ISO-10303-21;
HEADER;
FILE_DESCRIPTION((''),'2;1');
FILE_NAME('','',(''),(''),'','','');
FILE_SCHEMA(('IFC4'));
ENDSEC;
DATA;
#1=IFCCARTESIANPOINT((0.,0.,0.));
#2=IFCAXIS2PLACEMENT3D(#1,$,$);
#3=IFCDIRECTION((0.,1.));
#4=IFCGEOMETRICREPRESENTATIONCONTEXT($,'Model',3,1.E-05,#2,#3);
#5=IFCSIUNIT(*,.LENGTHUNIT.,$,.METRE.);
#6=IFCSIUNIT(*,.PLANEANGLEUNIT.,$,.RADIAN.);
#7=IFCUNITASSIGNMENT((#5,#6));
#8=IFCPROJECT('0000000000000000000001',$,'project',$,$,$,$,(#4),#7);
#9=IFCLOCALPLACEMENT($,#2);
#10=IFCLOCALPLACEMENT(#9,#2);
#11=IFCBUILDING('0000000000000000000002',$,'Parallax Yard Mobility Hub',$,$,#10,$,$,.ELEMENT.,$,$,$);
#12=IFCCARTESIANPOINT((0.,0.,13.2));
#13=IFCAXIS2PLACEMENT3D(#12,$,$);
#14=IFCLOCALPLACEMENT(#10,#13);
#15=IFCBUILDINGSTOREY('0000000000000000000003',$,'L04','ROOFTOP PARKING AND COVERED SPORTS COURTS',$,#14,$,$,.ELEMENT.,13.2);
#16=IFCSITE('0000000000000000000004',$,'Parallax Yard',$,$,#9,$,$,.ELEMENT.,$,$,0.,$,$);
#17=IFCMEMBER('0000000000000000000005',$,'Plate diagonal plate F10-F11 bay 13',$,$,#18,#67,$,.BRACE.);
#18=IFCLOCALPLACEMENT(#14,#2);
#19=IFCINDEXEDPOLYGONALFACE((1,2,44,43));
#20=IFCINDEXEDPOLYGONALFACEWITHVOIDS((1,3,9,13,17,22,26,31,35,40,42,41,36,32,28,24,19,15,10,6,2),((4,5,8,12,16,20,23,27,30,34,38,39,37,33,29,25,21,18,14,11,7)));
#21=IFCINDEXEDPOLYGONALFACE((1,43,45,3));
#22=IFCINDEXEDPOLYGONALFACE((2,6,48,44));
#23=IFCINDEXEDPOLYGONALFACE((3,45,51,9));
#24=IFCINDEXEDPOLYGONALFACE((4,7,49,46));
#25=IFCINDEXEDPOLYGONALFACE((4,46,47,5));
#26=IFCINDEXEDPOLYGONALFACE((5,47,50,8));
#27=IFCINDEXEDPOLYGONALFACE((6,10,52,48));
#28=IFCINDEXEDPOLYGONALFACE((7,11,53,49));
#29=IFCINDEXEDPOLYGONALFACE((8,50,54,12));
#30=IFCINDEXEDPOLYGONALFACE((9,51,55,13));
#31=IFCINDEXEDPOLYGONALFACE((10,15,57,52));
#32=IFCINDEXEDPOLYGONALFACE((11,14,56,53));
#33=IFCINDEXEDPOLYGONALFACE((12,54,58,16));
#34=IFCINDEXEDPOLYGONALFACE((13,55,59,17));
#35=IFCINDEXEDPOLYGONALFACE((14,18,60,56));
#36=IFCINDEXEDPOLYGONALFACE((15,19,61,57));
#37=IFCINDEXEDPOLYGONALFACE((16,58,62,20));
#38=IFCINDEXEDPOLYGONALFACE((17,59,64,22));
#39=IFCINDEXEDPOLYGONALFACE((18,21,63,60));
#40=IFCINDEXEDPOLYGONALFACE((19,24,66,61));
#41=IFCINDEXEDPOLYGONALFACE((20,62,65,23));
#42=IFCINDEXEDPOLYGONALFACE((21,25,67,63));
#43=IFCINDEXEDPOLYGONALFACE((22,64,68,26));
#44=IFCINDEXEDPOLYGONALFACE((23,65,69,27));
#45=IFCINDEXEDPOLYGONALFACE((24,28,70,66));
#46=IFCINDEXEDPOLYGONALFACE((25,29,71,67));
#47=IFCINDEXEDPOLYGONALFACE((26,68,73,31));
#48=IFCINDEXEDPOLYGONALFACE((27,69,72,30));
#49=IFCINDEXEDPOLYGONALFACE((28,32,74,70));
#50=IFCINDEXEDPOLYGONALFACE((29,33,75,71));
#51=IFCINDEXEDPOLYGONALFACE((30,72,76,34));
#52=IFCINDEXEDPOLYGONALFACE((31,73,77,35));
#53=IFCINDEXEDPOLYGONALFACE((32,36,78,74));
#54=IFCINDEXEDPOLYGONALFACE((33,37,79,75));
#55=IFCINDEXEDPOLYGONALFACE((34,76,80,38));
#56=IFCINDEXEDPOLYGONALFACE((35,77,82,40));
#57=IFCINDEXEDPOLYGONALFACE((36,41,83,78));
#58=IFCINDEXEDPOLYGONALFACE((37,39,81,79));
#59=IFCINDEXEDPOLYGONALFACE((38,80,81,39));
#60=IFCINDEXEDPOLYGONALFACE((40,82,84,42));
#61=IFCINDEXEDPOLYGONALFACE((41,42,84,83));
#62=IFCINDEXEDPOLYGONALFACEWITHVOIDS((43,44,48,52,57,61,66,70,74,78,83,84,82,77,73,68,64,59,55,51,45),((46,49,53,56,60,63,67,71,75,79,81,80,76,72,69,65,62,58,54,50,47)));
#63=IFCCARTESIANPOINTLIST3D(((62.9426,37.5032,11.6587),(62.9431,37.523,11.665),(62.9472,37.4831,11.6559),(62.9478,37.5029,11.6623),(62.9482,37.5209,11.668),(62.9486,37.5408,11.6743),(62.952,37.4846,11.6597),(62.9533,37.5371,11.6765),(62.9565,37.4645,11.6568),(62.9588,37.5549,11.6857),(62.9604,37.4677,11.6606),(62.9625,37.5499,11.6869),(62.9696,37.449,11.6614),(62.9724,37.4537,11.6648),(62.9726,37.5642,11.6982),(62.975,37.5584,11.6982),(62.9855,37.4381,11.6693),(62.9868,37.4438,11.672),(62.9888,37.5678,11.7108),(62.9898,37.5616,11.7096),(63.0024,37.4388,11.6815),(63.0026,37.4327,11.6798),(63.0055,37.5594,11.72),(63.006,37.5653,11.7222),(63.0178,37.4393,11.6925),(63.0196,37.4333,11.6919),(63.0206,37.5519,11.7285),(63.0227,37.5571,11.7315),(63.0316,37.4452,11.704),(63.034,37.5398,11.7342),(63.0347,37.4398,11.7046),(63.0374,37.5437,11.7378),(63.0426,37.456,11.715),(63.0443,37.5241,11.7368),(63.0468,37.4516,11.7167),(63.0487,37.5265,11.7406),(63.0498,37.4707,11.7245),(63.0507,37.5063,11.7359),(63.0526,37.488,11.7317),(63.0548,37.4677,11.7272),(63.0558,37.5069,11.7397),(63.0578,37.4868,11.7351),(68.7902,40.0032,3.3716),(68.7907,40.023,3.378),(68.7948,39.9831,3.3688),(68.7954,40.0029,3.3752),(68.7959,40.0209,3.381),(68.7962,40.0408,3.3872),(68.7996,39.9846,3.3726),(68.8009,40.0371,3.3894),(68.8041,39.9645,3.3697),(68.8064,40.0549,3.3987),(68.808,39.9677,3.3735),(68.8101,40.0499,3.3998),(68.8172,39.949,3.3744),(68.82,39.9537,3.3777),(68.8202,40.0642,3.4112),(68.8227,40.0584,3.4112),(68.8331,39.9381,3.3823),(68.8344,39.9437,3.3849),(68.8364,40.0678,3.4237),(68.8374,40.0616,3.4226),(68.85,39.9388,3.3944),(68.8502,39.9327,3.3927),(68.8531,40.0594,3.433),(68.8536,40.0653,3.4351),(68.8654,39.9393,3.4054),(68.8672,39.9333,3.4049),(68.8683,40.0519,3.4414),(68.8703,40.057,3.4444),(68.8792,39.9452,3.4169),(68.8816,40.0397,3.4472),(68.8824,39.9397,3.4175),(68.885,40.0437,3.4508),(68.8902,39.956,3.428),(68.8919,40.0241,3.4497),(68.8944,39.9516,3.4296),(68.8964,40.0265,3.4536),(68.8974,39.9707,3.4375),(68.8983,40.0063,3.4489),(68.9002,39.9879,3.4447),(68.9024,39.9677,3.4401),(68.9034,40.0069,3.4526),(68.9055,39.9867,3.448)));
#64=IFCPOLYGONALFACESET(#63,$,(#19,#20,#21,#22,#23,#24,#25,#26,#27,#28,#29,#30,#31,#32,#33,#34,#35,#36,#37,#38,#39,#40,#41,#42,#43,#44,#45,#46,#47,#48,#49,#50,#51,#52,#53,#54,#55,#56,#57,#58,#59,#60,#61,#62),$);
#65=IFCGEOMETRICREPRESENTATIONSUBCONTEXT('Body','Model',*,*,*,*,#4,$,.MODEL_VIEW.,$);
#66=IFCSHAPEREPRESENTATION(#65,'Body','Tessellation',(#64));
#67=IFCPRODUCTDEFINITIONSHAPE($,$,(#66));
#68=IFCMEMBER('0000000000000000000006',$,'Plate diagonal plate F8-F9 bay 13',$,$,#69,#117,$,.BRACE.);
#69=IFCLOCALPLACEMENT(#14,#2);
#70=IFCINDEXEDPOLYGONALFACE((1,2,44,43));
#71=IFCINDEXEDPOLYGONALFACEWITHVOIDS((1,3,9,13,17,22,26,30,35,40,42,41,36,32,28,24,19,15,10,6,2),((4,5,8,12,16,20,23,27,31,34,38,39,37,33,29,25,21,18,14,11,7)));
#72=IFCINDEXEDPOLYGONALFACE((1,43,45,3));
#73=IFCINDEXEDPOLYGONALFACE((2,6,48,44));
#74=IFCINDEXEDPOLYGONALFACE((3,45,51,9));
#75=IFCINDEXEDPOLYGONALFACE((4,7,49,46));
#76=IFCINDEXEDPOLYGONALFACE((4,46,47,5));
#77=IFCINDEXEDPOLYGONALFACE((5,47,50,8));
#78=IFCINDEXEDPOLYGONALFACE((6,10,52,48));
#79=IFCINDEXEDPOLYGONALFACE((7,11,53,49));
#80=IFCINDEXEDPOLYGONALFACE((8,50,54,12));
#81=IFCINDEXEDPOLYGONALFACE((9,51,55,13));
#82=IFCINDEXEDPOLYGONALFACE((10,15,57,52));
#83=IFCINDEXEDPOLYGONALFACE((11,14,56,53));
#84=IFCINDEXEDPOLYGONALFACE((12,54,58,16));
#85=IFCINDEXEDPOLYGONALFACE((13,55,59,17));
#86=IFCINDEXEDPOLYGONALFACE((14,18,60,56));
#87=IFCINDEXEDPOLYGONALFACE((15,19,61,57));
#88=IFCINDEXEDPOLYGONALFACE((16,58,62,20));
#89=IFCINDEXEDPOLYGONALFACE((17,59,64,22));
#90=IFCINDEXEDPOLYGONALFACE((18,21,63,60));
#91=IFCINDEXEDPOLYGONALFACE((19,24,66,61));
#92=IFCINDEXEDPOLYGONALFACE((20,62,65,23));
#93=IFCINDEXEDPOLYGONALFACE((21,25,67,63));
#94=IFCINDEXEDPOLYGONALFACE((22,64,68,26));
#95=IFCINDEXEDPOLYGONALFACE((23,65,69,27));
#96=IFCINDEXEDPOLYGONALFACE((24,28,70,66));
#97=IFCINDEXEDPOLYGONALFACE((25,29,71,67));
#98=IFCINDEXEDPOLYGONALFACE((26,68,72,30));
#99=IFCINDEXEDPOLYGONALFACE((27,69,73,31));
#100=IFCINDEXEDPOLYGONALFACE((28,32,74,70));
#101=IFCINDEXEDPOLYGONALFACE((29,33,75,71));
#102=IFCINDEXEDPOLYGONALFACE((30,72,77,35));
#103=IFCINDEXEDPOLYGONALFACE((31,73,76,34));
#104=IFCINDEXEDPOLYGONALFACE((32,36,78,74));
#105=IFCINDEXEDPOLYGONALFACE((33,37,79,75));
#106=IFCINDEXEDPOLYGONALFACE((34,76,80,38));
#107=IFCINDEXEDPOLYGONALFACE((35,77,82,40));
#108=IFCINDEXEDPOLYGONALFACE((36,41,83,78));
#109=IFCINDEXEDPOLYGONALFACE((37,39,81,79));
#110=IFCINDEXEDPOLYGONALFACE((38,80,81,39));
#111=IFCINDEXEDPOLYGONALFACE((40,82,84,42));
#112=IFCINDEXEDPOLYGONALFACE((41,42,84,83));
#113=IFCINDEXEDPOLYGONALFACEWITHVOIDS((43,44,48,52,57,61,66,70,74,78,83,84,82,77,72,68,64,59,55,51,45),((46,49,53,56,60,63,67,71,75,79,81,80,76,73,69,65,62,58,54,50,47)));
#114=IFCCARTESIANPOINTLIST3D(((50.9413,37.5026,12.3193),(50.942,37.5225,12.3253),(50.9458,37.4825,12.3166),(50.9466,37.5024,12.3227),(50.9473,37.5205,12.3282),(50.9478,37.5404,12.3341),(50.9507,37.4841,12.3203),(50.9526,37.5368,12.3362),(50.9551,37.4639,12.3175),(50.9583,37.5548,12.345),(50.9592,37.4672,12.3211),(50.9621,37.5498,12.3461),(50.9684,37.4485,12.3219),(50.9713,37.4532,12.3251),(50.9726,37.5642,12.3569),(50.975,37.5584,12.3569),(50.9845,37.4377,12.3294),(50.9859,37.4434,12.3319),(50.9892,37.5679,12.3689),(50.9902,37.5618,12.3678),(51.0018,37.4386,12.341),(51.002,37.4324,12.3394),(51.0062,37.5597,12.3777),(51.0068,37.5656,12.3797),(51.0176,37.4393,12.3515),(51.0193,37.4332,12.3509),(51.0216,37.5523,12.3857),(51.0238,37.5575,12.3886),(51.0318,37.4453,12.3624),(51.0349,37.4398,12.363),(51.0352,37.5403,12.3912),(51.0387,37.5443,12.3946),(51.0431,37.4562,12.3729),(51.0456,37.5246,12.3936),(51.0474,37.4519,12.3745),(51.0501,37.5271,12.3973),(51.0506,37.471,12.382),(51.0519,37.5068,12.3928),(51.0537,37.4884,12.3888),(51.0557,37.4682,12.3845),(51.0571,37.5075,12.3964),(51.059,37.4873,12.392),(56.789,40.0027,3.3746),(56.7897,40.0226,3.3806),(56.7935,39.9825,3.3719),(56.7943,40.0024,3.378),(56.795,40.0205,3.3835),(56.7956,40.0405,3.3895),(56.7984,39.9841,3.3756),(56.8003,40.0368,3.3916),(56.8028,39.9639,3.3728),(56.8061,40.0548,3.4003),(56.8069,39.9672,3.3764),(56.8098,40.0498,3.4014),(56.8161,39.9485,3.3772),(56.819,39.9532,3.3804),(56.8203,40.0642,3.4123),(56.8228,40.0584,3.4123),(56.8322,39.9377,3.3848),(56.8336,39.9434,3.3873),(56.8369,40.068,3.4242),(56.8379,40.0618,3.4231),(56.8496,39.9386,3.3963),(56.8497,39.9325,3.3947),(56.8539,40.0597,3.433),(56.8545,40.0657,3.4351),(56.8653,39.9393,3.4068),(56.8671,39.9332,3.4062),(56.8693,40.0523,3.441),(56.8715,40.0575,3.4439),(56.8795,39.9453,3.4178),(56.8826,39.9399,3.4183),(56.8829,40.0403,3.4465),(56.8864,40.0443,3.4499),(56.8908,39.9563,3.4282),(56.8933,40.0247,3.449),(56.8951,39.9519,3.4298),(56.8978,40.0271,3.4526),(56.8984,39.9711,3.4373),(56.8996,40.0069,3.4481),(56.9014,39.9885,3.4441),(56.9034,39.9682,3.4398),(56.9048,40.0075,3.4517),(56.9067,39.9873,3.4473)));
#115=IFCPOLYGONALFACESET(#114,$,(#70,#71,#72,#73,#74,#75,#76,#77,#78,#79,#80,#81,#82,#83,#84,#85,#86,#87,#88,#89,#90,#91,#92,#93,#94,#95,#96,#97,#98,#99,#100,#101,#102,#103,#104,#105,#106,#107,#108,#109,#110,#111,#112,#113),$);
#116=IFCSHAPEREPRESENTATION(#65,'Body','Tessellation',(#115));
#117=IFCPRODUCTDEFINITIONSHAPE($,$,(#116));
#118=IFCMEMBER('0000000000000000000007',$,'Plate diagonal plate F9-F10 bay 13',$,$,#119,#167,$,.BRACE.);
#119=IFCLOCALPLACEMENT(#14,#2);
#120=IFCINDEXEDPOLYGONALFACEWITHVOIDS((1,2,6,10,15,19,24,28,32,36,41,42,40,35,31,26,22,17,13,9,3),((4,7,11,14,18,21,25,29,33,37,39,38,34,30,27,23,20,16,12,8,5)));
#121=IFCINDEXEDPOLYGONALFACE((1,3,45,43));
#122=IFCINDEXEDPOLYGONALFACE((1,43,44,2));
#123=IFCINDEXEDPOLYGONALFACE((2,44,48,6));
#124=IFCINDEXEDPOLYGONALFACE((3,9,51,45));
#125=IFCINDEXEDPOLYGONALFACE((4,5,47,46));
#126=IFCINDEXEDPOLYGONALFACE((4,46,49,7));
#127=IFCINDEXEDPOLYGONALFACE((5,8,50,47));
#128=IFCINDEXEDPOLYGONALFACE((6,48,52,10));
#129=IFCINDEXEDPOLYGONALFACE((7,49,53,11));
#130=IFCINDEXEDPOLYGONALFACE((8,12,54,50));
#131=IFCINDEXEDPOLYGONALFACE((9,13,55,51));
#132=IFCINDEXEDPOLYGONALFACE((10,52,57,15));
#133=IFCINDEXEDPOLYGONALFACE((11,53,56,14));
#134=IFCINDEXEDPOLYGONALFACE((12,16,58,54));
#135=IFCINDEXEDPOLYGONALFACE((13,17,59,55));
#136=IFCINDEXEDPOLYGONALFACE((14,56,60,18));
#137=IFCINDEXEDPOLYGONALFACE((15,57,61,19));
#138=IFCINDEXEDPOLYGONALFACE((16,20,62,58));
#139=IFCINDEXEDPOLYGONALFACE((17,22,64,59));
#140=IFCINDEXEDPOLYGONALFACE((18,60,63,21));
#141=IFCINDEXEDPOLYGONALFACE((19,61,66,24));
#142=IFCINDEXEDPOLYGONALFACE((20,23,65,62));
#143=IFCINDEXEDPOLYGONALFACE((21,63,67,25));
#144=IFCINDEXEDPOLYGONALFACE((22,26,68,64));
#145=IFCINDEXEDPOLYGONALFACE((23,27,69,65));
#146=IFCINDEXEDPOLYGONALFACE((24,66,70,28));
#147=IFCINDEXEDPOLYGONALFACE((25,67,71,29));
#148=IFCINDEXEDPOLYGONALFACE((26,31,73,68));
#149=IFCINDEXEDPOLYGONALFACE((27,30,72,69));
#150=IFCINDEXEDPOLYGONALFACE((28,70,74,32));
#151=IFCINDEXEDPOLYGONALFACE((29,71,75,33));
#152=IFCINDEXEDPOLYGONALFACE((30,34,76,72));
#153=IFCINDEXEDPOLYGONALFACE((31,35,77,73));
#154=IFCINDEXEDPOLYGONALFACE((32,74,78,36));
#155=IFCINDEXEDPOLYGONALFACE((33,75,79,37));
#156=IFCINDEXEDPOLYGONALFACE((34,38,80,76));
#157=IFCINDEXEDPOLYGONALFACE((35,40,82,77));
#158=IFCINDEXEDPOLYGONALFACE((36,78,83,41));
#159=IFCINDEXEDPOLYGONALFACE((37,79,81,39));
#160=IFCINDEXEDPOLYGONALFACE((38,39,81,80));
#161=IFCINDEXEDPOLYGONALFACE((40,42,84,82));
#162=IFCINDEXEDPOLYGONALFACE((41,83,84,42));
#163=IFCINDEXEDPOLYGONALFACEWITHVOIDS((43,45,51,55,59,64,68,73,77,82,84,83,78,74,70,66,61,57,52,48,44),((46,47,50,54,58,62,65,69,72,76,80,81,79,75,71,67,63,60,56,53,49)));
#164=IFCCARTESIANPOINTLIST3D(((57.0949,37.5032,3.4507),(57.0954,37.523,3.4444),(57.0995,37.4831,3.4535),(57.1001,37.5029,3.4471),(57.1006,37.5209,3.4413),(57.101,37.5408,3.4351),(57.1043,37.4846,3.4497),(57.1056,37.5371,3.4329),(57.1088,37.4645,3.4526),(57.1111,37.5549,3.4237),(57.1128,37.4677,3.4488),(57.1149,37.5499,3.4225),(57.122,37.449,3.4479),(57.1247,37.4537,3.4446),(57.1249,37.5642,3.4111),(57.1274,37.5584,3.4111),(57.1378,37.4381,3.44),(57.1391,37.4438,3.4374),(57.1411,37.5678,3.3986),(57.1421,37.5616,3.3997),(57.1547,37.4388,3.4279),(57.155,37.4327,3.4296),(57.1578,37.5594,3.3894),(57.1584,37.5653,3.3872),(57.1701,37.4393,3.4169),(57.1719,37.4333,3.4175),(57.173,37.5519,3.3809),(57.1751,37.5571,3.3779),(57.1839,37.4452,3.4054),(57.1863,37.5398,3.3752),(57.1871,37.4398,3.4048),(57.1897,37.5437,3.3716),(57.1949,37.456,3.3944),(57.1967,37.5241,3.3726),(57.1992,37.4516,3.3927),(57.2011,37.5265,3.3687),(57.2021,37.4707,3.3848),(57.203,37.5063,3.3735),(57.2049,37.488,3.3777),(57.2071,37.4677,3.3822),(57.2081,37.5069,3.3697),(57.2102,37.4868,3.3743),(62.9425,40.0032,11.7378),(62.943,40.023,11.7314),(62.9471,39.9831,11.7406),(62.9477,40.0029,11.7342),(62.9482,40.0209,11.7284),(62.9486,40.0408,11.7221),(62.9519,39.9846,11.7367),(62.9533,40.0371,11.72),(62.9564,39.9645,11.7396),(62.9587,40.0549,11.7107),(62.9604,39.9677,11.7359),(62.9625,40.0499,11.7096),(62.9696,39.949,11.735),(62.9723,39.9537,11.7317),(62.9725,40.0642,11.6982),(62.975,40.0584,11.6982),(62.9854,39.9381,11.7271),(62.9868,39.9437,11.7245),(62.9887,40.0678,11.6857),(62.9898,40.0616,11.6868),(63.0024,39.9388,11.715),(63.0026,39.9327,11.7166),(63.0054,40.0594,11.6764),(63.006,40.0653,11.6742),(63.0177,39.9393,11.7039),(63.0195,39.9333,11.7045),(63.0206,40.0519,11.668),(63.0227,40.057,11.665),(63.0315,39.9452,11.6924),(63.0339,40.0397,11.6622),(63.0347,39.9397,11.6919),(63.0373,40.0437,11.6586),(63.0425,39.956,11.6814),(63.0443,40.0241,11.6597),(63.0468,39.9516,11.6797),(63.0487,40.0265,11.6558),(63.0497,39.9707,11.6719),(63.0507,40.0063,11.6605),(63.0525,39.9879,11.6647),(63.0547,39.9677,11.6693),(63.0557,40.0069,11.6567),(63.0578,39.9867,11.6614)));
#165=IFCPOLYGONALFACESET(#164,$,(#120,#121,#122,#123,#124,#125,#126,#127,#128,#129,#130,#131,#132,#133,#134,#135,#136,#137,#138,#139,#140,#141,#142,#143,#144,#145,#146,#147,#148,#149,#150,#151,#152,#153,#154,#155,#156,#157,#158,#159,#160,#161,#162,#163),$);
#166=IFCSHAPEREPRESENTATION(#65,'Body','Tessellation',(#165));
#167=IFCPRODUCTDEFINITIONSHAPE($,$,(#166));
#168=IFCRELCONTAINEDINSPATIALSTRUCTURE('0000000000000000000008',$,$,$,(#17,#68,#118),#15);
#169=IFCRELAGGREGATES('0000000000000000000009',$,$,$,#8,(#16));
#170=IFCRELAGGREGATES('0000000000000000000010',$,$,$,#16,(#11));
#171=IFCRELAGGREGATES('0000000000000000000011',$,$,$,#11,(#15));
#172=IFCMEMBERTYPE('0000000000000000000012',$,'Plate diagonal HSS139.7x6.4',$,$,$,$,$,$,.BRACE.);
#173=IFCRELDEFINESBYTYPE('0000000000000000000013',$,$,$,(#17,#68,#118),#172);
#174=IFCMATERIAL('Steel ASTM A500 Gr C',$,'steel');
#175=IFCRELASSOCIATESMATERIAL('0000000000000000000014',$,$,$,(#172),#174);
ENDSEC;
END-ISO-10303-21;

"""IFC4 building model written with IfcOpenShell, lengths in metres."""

from ifc_helpers import new_model, si_unit, direction, frame, origin, origin_2d, place, context, subcontext, project, spatial, hollow_circle, extrude, material, material_profile, profile_set, type_object, element, save


model = new_model("IFC4")

# Units and contexts
model_context = context("Model", 3, precision=1e-05, world=origin(), true_north=direction((0.0, 1.0)))
body_context = subcontext(model_context, "Body", "Model", "MODEL_VIEW")
ifc_project = project(units=[si_unit("LENGTHUNIT", "METRE"), si_unit("PLANEANGLEUNIT", "RADIAN")], contexts=[model_context])

# Site, building, storey
site_placement = place(None, origin())
site = spatial("IfcSite", under=ifc_project, at=site_placement, Name="Parallax Yard", CompositionType="ELEMENT", RefElevation=0.0)
building_placement = place(site_placement, origin())
building = spatial("IfcBuilding", under=site, at=building_placement, Name="Parallax Yard Mobility Hub", CompositionType="ELEMENT")
storey_placement = place(building_placement, frame((0.0, 0.0, 13.2)))
storey = spatial("IfcBuildingStorey", under=building, at=storey_placement, Name="L04", Description="ROOFTOP PARKING AND COVERED SPORTS COURTS", CompositionType="ELEMENT", Elevation=13.2)

# Members
ifc_material_1 = material(Name="Steel ASTM A500 Gr C", Category="steel")
ifc_material_profile_1 = material_profile(ifc_material_1, hollow_circle(Radius=0.0698, WallThickness=0.0063, at=origin_2d()), Name="HSS139.7x6.4")
ifc_profile_set_1 = profile_set([ifc_material_profile_1], Name="Steel ASTM A500 Gr C")
member_type_1 = type_object("IfcMemberType", Name="Plate diagonal HSS139.7x6.4", PredefinedType="BRACE", material=ifc_profile_set_1)
member_1_placement = place(storey_placement, frame((63.0, 37.5, 11.6982), z_axis=(0.559793, 0.239323, -0.79332), x_axis=(-0.393104, 0.919494, 0.0)))
element("IfcMember", 1, at=member_1_placement, inside=storey, type_object=member_type_1, Name="Plate diagonal plate F10-F11 bay 13", PredefinedType="BRACE", context=body_context, shape_type="SweptSolid", body=[
    extrude(hollow_circle(Radius=0.0698, WallThickness=0.0063, at=origin_2d()), origin(), (0.0, 0.0, 1.0), 10.446),
])
member_2_placement = place(storey_placement, frame((51.0, 37.5, 12.3569), z_axis=(0.532816, 0.22779, -0.814996), x_axis=(-0.393104, 0.919494, 0.0)))
element("IfcMember", 2, at=member_2_placement, inside=storey, type_object=member_type_1, Name="Plate diagonal plate F8-F9 bay 13", PredefinedType="BRACE", context=body_context, shape_type="SweptSolid", body=[
    extrude(hollow_circle(Radius=0.0698, WallThickness=0.0063, at=origin_2d()), origin(), (0.0, 0.0, 1.0), 10.9751),
])
member_3_placement = place(storey_placement, frame((57.1523, 37.5, 3.4111), z_axis=(0.559793, 0.239323, 0.79332), x_axis=(-0.393104, 0.919494, 0.0)))
element("IfcMember", 3, at=member_3_placement, inside=storey, type_object=member_type_1, Name="Plate diagonal plate F9-F10 bay 13", PredefinedType="BRACE", context=body_context, shape_type="SweptSolid", body=[
    extrude(hollow_circle(Radius=0.0698, WallThickness=0.0063, at=origin_2d()), origin(), (0.0, 0.0, 1.0), 10.446),
])

save(model, "model.ifc")
